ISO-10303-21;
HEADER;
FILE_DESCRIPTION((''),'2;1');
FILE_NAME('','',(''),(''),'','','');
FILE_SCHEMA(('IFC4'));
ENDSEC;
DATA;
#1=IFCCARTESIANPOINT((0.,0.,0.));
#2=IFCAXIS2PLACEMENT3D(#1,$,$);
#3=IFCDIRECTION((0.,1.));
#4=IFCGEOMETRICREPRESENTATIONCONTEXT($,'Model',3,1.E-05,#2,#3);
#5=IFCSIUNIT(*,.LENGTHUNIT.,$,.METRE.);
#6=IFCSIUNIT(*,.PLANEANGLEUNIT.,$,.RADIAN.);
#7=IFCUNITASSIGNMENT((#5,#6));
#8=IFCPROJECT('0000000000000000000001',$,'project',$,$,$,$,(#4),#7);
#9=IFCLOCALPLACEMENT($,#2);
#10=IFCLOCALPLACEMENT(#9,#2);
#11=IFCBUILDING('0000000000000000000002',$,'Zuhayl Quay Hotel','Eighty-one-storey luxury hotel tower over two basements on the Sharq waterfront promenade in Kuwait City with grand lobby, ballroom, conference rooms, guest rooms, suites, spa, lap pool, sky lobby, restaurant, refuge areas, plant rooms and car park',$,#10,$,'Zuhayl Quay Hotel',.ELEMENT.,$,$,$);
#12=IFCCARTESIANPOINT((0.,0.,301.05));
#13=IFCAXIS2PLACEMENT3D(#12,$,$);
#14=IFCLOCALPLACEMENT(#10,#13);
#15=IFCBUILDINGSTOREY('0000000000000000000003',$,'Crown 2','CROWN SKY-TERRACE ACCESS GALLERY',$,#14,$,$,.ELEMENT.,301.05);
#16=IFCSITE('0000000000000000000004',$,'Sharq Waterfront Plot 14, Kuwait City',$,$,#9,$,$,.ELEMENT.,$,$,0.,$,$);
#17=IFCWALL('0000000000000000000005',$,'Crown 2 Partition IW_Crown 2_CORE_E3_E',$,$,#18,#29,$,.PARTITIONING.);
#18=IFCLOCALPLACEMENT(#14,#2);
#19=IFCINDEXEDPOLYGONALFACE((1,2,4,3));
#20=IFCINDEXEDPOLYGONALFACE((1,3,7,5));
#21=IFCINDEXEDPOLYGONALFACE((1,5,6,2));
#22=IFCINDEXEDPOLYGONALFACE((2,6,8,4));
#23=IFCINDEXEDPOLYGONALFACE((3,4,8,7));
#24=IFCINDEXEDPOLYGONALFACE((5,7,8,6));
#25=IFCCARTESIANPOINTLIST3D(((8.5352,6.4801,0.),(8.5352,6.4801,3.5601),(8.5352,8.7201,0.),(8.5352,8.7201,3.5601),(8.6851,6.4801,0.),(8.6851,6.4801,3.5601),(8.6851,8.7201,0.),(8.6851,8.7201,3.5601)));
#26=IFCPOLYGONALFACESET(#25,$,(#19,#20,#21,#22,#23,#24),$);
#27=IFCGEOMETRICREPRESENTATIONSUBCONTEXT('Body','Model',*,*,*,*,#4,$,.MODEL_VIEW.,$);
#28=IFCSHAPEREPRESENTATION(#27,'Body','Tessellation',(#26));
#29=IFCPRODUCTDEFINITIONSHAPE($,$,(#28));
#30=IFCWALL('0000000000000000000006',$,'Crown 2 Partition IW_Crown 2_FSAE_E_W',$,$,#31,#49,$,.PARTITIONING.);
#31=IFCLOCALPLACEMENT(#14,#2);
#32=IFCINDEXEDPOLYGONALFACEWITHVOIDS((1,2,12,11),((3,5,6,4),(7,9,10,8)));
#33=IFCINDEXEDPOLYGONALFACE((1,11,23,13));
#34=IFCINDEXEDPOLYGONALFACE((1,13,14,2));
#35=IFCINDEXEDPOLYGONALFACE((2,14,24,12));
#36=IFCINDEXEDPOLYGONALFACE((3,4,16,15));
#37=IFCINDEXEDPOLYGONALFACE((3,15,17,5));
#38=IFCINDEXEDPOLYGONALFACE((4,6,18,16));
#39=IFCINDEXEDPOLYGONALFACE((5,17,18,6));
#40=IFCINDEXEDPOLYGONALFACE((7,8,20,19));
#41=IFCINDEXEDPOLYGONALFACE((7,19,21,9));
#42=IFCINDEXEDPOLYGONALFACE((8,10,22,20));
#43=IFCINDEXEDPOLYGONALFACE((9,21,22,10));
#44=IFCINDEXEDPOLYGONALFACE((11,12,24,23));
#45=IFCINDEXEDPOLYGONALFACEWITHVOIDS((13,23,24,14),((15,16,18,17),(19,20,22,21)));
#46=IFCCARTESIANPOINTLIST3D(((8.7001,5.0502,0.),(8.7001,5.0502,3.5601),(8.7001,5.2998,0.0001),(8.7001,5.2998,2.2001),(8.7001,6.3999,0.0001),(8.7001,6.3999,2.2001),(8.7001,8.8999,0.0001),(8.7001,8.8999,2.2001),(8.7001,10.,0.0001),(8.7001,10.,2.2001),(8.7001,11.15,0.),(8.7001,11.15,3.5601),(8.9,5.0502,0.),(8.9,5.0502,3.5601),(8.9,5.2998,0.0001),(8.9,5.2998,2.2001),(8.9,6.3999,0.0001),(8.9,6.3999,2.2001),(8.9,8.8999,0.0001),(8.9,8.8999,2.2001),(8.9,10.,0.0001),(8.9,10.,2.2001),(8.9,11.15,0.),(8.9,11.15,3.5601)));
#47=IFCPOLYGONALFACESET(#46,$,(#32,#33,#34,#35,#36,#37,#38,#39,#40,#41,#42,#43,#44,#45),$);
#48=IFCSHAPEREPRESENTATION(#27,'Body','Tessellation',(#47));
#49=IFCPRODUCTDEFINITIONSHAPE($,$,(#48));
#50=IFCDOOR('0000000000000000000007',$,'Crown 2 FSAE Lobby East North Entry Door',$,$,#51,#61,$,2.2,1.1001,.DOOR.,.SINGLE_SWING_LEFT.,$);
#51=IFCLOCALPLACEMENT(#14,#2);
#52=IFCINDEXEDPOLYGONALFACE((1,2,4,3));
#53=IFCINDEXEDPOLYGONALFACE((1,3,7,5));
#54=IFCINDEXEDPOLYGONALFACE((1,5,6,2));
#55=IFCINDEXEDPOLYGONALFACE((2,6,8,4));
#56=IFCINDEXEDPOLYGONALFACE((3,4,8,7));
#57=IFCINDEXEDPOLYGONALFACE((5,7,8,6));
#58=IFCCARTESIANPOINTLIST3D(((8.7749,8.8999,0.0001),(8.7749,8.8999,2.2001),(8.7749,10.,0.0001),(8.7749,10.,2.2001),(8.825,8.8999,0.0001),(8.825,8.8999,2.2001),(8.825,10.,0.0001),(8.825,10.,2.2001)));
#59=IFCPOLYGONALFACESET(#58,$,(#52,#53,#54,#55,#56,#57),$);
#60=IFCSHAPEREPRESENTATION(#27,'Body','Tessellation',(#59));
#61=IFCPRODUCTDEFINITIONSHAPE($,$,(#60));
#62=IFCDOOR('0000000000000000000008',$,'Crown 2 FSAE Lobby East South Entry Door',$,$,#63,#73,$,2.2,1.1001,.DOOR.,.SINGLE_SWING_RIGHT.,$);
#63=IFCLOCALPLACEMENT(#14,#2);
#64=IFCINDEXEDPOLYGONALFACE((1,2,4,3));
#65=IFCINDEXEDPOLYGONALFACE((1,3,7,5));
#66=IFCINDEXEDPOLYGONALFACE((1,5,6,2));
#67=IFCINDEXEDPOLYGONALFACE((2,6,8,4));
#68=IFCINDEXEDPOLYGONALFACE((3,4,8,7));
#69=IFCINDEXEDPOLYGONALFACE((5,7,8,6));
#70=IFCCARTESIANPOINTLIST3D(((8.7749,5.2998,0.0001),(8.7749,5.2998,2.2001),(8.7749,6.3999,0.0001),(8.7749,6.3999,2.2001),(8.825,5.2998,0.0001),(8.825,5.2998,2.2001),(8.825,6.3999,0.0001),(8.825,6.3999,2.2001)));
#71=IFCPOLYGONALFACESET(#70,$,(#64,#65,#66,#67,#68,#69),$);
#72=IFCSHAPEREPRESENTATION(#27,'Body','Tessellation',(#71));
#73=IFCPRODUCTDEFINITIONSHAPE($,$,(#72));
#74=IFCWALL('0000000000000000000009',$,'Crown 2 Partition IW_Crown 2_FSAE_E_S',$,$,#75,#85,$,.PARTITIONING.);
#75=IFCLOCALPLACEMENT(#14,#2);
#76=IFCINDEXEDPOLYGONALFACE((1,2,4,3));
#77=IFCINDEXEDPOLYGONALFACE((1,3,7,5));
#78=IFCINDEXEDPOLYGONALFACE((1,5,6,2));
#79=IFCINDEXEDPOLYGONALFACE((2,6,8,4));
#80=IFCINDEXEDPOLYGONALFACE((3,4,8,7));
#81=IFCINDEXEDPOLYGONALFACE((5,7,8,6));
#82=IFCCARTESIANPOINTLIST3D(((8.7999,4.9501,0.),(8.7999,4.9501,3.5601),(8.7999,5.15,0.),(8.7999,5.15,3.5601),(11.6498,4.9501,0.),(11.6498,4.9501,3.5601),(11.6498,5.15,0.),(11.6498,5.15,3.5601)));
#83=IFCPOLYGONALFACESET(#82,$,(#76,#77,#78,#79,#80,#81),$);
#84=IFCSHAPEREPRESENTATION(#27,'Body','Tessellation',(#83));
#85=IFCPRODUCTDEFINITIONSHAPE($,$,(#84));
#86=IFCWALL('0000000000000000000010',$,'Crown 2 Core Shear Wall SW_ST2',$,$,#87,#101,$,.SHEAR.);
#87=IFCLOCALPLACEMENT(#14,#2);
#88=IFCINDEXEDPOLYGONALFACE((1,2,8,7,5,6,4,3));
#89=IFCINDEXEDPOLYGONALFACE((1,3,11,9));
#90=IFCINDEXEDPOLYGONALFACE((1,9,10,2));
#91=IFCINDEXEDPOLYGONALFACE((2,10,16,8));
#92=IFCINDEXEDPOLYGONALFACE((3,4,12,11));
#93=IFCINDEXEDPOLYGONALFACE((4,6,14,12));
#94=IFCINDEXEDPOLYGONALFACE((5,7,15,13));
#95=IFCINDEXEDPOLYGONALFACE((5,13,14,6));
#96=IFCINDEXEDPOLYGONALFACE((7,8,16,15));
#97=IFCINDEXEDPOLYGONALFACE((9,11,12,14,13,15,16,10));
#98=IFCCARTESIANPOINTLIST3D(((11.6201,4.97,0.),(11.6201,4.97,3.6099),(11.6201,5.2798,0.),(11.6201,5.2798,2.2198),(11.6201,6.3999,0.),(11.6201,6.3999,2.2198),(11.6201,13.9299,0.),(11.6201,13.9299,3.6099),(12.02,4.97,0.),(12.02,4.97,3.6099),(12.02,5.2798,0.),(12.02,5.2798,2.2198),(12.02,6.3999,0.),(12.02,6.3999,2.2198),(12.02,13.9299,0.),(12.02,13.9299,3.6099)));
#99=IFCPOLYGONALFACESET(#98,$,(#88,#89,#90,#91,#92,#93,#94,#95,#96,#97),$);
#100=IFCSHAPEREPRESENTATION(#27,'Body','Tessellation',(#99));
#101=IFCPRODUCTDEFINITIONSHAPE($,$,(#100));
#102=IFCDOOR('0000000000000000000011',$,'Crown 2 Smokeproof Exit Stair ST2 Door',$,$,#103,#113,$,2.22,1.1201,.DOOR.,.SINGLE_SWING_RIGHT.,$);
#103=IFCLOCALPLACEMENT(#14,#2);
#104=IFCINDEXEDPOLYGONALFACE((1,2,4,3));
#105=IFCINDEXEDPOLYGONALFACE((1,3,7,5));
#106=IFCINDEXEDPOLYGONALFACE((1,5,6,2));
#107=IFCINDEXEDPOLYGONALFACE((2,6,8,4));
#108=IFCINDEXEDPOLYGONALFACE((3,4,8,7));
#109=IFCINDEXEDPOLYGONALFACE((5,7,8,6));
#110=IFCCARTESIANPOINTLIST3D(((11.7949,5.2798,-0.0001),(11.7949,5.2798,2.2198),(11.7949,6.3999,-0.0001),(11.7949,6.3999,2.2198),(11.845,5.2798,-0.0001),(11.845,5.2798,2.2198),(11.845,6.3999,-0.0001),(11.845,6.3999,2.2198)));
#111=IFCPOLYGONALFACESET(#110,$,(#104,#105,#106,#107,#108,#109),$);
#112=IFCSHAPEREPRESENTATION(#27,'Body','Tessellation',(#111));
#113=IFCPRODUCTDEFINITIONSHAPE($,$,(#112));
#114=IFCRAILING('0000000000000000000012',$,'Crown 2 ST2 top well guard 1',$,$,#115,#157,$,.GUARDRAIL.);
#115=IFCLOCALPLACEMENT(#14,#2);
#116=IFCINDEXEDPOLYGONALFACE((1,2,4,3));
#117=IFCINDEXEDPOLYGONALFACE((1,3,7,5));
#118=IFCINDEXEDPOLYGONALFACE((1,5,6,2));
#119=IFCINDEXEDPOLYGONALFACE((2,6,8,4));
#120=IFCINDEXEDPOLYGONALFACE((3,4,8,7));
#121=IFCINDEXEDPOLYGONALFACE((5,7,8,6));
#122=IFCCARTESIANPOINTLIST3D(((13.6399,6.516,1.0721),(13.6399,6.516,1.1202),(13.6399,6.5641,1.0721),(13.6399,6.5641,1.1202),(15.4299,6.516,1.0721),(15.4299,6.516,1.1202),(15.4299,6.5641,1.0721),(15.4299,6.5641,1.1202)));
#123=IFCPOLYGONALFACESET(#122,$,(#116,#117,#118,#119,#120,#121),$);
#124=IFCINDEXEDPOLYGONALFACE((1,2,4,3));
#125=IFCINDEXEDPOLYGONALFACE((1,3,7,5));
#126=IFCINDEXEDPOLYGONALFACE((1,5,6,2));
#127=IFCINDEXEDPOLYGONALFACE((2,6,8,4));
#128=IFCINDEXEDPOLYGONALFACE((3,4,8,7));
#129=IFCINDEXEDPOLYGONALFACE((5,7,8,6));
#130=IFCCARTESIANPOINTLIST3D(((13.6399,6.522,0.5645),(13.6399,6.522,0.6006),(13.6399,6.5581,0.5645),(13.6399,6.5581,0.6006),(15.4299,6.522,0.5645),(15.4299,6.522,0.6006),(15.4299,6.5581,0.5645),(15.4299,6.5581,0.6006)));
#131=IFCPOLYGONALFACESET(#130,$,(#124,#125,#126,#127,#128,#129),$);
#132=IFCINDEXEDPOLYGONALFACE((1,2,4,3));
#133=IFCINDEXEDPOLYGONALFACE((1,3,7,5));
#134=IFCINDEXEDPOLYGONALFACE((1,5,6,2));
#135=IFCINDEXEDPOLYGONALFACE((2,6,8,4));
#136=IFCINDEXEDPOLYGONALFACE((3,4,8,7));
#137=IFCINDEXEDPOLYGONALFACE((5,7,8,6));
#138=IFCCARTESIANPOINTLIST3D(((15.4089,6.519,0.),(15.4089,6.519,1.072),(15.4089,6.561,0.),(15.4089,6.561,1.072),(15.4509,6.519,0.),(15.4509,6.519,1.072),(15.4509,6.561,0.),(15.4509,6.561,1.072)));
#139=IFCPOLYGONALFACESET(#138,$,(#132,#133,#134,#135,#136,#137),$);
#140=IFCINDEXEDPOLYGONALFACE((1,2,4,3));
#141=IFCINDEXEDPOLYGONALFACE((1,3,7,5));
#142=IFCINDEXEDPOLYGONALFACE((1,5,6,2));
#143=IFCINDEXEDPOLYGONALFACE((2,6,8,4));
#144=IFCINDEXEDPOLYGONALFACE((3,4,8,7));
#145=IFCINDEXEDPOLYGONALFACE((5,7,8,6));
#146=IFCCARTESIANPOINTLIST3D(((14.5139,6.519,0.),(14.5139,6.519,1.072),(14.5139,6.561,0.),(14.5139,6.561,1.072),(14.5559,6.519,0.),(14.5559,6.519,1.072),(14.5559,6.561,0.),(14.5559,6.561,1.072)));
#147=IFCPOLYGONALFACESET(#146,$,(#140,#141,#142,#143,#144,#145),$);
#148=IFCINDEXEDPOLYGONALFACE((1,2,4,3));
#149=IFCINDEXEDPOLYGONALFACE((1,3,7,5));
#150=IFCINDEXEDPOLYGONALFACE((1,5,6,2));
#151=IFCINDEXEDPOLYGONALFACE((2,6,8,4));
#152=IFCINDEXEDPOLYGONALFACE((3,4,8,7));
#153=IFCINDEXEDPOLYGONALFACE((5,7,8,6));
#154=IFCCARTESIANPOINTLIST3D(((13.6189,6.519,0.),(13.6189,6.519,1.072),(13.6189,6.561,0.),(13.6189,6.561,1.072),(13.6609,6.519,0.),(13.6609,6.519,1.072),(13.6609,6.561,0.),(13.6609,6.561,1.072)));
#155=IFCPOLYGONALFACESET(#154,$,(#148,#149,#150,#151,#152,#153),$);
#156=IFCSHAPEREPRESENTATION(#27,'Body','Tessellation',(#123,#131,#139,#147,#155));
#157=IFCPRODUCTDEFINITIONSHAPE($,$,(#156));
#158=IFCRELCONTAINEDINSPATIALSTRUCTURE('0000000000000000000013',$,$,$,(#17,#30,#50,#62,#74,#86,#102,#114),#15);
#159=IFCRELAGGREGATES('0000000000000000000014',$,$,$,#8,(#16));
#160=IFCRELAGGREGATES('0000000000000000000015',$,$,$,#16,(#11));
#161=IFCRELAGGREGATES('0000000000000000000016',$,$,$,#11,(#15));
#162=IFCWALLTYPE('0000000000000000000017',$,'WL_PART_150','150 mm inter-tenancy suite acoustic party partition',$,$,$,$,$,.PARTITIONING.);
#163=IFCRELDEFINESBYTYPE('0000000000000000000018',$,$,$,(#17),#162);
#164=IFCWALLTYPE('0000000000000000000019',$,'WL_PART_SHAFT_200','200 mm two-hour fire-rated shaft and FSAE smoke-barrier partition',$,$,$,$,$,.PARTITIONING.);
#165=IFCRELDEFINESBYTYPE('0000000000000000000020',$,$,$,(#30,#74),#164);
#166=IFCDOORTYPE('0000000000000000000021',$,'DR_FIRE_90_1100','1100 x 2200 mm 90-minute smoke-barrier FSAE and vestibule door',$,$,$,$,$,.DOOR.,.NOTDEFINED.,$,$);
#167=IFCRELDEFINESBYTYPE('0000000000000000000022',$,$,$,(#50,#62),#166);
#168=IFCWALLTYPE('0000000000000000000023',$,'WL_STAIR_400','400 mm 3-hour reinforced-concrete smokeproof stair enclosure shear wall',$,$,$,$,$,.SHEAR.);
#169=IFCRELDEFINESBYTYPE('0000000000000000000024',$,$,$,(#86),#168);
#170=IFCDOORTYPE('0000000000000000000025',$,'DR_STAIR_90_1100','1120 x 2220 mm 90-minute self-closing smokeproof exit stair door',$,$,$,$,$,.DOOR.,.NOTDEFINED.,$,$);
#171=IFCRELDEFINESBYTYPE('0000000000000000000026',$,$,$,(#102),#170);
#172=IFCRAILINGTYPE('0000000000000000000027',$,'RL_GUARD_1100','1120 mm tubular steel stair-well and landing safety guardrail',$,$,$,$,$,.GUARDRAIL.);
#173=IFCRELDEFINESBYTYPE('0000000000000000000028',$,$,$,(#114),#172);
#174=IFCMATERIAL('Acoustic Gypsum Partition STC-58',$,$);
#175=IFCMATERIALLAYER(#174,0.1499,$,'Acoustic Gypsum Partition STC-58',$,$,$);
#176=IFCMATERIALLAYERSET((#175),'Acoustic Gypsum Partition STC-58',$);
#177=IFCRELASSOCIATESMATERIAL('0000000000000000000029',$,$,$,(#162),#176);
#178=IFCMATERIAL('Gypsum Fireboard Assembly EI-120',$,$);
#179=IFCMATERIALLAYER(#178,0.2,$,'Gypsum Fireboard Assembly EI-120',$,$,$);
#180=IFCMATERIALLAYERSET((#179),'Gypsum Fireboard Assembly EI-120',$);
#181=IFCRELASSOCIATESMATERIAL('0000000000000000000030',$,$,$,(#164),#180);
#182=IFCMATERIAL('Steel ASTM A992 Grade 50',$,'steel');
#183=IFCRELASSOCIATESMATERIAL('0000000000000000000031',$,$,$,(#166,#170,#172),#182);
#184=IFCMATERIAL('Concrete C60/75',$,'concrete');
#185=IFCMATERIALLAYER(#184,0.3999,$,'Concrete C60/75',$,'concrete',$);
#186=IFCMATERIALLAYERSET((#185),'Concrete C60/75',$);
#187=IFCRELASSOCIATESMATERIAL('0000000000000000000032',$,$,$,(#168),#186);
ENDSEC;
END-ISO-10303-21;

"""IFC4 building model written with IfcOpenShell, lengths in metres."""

from ifc_helpers import new_model, si_unit, direction, frame, frame_2d, origin, origin_2d, place, context, subcontext, project, spatial, rectangle, extrude, material, layer, layer_set, type_object, element, fill, save


model = new_model("IFC4")

# Units and contexts
model_context = context("Model", 3, precision=1e-05, world=origin(), true_north=direction((0.0, 1.0)))
body_context = subcontext(model_context, "Body", "Model", "MODEL_VIEW")
ifc_project = project(units=[si_unit("LENGTHUNIT", "METRE"), si_unit("PLANEANGLEUNIT", "RADIAN")], contexts=[model_context])

# Site, building, storey
site_placement = place(None, origin())
site = spatial("IfcSite", under=ifc_project, at=site_placement, Name="Sharq Waterfront Plot 14, Kuwait City", CompositionType="ELEMENT", RefElevation=0.0)
building_placement = place(site_placement, origin())
building = spatial("IfcBuilding", under=site, at=building_placement, Name="Zuhayl Quay Hotel", Description="Eighty-one-storey luxury hotel tower over two basements on the Sharq waterfront promenade in Kuwait City with grand lobby, ballroom, conference rooms, guest rooms, suites, spa, lap pool, sky lobby, restaurant, refuge areas, plant rooms and car park", LongName="Zuhayl Quay Hotel", CompositionType="ELEMENT")
storey_placement = place(building_placement, frame((0.0, 0.0, 301.05)))
storey = spatial("IfcBuildingStorey", under=building, at=storey_placement, Name="Crown 2", Description="CROWN SKY-TERRACE ACCESS GALLERY", CompositionType="ELEMENT", Elevation=301.05)

# Shared definitions
ifc_material_1 = material(Name="Concrete C60/75", Category="concrete")

# Shared definitions
ifc_material_2 = material(Name="Acoustic Gypsum Partition STC-58")
ifc_layer_1 = layer(ifc_material_2, 0.1499, Name="Acoustic Gypsum Partition STC-58")
ifc_layer_set_1 = layer_set([ifc_layer_1], Name="Acoustic Gypsum Partition STC-58")
wall_type_1 = type_object("IfcWallType", Name="WL_PART_150", Description="150 mm inter-tenancy suite acoustic party partition", PredefinedType="PARTITIONING", material=ifc_layer_set_1)
ifc_material_3 = material(Name="Steel ASTM A992 Grade 50", Category="steel")

# Wall
wall_1_placement = place(storey_placement, frame((8.6101, 6.48, 0.0), z_axis=(0.0, 0.0, 1.0), x_axis=(0.0, 1.0, 0.0)))
element("IfcWall", 1, at=wall_1_placement, inside=storey, type_object=wall_type_1, Name="Crown 2 Partition IW_Crown 2_CORE_E3_E", PredefinedType="PARTITIONING", context=body_context, shape_type="SweptSolid", body=[
    extrude(rectangle(XDim=2.24, YDim=0.1499, at=frame_2d((1.1201, 0.0))), origin(), (0.0, 0.0, 1.0), 3.5601),
])

# Wall, openings, doors
ifc_material_4 = material(Name="Gypsum Fireboard Assembly EI-120")
ifc_layer_2 = layer(ifc_material_4, 0.2, Name="Gypsum Fireboard Assembly EI-120")
ifc_layer_set_2 = layer_set([ifc_layer_2], Name="Gypsum Fireboard Assembly EI-120")
wall_type_2 = type_object("IfcWallType", Name="WL_PART_SHAFT_200", Description="200 mm two-hour fire-rated shaft and FSAE smoke-barrier partition", PredefinedType="PARTITIONING", material=ifc_layer_set_2)
wall_2_placement = place(storey_placement, frame((8.8, 11.1499, 0.0), z_axis=(0.0, 0.0, 1.0), x_axis=(0.0, -1.0, 0.0)))
wall_2 = element("IfcWall", 2, at=wall_2_placement, inside=storey, type_object=wall_type_2, Name="Crown 2 Partition IW_Crown 2_FSAE_E_W", PredefinedType="PARTITIONING", context=body_context, shape_type="SweptSolid", body=[
    extrude(rectangle(XDim=6.0999, YDim=0.2, at=frame_2d((3.0498, 0.0))), origin(), (0.0, 0.0, 1.0), 3.5601),
])
opening_1_placement = place(wall_2_placement, frame((1.1499, 0.0, 0.0)))
opening_1 = element("IfcOpeningElement", 3, at=opening_1_placement, cuts=wall_2, PredefinedType="OPENING", context=body_context, shape_type="SweptSolid", body=[
    extrude(rectangle(XDim=1.1001, YDim=2.2, at=frame_2d((0.55, 1.1001))), frame((0.0, 0.1099, 0.0), z_axis=(0.0, -1.0, 0.0), x_axis=(1.0, 0.0, 0.0)), (0.0, 0.0, 1.0), 0.22),
])
opening_2_placement = place(wall_2_placement, frame((4.75, 0.0, 0.0)))
opening_2 = element("IfcOpeningElement", 4, at=opening_2_placement, cuts=wall_2, PredefinedType="OPENING", context=body_context, shape_type="SweptSolid", body=[
    extrude(rectangle(XDim=1.1001, YDim=2.2, at=frame_2d((0.55, 1.1001))), frame((0.0, 0.1099, 0.0), z_axis=(0.0, -1.0, 0.0), x_axis=(1.0, 0.0, 0.0)), (0.0, 0.0, 1.0), 0.22),
])
door_type_1 = type_object("IfcDoorType", Name="DR_FIRE_90_1100", Description="1100 x 2200 mm 90-minute smoke-barrier FSAE and vestibule door", OperationType="NOTDEFINED", PredefinedType="DOOR", material=ifc_material_3)
door_1_placement = place(opening_1_placement, origin())
door_1 = element("IfcDoor", 5, at=door_1_placement, inside=storey, type_object=door_type_1, Name="Crown 2 FSAE Lobby East North Entry Door", OperationType="SINGLE_SWING_LEFT", OverallHeight=2.2, OverallWidth=1.1001, PredefinedType="DOOR", context=body_context, shape_type="SweptSolid", body=[
    extrude(rectangle(XDim=1.1001, YDim=2.2, at=frame_2d((0.55, 1.1001))), frame((0.0, 0.0249, 0.0), z_axis=(0.0, -1.0, 0.0), x_axis=(1.0, 0.0, 0.0)), (0.0, 0.0, 1.0), 0.05),
])
fill(opening_1, door_1)
door_2_placement = place(opening_2_placement, origin())
door_2 = element("IfcDoor", 6, at=door_2_placement, inside=storey, type_object=door_type_1, Name="Crown 2 FSAE Lobby East South Entry Door", OperationType="SINGLE_SWING_RIGHT", OverallHeight=2.2, OverallWidth=1.1001, PredefinedType="DOOR", context=body_context, shape_type="SweptSolid", body=[
    extrude(rectangle(XDim=1.1001, YDim=2.2, at=frame_2d((0.55, 1.1001))), frame((0.0, 0.0249, 0.0), z_axis=(0.0, -1.0, 0.0), x_axis=(1.0, 0.0, 0.0)), (0.0, 0.0, 1.0), 0.05),
])
fill(opening_2, door_2)

# Wall
wall_3_placement = place(storey_placement, frame((8.8, 5.05, 0.0), z_axis=(0.0, 0.0, 1.0), x_axis=(1.0, 0.0, 0.0)))
element("IfcWall", 7, at=wall_3_placement, inside=storey, type_object=wall_type_2, Name="Crown 2 Partition IW_Crown 2_FSAE_E_S", PredefinedType="PARTITIONING", context=body_context, shape_type="SweptSolid", body=[
    extrude(rectangle(XDim=2.8499, YDim=0.2, at=frame_2d((1.4248, 0.0))), origin(), (0.0, 0.0, 1.0), 3.5601),
])

# Wall, opening, door
ifc_layer_3 = layer(ifc_material_1, 0.3999, Name="Concrete C60/75", Category="concrete")
ifc_layer_set_3 = layer_set([ifc_layer_3], Name="Concrete C60/75")
wall_type_3 = type_object("IfcWallType", Name="WL_STAIR_400", Description="400 mm 3-hour reinforced-concrete smokeproof stair enclosure shear wall", PredefinedType="SHEAR", material=ifc_layer_set_3)
wall_4_placement = place(storey_placement, frame((11.8201, 13.9299, 0.0), z_axis=(0.0, 0.0, 1.0), x_axis=(0.0, -1.0, 0.0)))
wall_4 = element("IfcWall", 8, at=wall_4_placement, inside=storey, type_object=wall_type_3, Name="Crown 2 Core Shear Wall SW_ST2", PredefinedType="SHEAR", context=body_context, shape_type="SweptSolid", body=[
    extrude(rectangle(XDim=8.96, YDim=0.3999, at=frame_2d((4.48, 0.0))), origin(), (0.0, 0.0, 1.0), 3.6099),
])
opening_3_placement = place(wall_4_placement, frame((7.53, 0.0, 0.0)))
opening_3 = element("IfcOpeningElement", 9, at=opening_3_placement, cuts=wall_4, PredefinedType="OPENING", context=body_context, shape_type="SweptSolid", body=[
    extrude(rectangle(XDim=1.1201, YDim=2.22, at=frame_2d((0.5601, 1.1099))), frame((0.0, 0.21, 0.0), z_axis=(0.0, -1.0, 0.0), x_axis=(1.0, 0.0, 0.0)), (0.0, 0.0, 1.0), 0.4199),
])
door_type_2 = type_object("IfcDoorType", Name="DR_STAIR_90_1100", Description="1120 x 2220 mm 90-minute self-closing smokeproof exit stair door", OperationType="NOTDEFINED", PredefinedType="DOOR", material=ifc_material_3)
door_3_placement = place(opening_3_placement, origin())
door_3 = element("IfcDoor", 10, at=door_3_placement, inside=storey, type_object=door_type_2, Name="Crown 2 Smokeproof Exit Stair ST2 Door", OperationType="SINGLE_SWING_RIGHT", OverallHeight=2.22, OverallWidth=1.1201, PredefinedType="DOOR", context=body_context, shape_type="SweptSolid", body=[
    extrude(rectangle(XDim=1.1201, YDim=2.22, at=frame_2d((0.5601, 1.1099))), frame((0.0, 0.0249, 0.0), z_axis=(0.0, -1.0, 0.0), x_axis=(1.0, 0.0, 0.0)), (0.0, 0.0, 1.0), 0.05),
])
fill(opening_3, door_3)

# Railing
railing_type = type_object("IfcRailingType", Name="RL_GUARD_1100", Description="1120 mm tubular steel stair-well and landing safety guardrail", PredefinedType="GUARDRAIL", material=ifc_material_3)
railing_placement = place(storey_placement, frame((15.4299, 6.54, 0.0)))
element("IfcRailing", 11, at=railing_placement, inside=storey, type_object=railing_type, Name="Crown 2 ST2 top well guard 1", PredefinedType="GUARDRAIL", context=body_context, shape_type="SweptSolid", body=[
    extrude(rectangle(XDim=0.0481, YDim=0.0481, at=origin_2d()), frame((0.0, 0.0, 1.0962), z_axis=(-1.0, 0.0, 0.0), x_axis=(0.0, -1.0, 0.0)), (0.0, 0.0, 1.0), 1.79),
    extrude(rectangle(XDim=0.0361, YDim=0.0361, at=origin_2d()), frame((0.0, 0.0, 0.5825), z_axis=(-1.0, 0.0, 0.0), x_axis=(0.0, -1.0, 0.0)), (0.0, 0.0, 1.0), 1.79),
    extrude(rectangle(XDim=0.042, YDim=0.042, at=origin_2d()), origin(), (0.0, 0.0, 1.0), 1.072),
    extrude(rectangle(XDim=0.042, YDim=0.042, at=origin_2d()), frame((-0.895, 0.0, 0.0)), (0.0, 0.0, 1.0), 1.072),
    extrude(rectangle(XDim=0.042, YDim=0.042, at=origin_2d()), frame((-1.79, 0.0, 0.0)), (0.0, 0.0, 1.0), 1.072),
])

save(model, "model.ifc")
